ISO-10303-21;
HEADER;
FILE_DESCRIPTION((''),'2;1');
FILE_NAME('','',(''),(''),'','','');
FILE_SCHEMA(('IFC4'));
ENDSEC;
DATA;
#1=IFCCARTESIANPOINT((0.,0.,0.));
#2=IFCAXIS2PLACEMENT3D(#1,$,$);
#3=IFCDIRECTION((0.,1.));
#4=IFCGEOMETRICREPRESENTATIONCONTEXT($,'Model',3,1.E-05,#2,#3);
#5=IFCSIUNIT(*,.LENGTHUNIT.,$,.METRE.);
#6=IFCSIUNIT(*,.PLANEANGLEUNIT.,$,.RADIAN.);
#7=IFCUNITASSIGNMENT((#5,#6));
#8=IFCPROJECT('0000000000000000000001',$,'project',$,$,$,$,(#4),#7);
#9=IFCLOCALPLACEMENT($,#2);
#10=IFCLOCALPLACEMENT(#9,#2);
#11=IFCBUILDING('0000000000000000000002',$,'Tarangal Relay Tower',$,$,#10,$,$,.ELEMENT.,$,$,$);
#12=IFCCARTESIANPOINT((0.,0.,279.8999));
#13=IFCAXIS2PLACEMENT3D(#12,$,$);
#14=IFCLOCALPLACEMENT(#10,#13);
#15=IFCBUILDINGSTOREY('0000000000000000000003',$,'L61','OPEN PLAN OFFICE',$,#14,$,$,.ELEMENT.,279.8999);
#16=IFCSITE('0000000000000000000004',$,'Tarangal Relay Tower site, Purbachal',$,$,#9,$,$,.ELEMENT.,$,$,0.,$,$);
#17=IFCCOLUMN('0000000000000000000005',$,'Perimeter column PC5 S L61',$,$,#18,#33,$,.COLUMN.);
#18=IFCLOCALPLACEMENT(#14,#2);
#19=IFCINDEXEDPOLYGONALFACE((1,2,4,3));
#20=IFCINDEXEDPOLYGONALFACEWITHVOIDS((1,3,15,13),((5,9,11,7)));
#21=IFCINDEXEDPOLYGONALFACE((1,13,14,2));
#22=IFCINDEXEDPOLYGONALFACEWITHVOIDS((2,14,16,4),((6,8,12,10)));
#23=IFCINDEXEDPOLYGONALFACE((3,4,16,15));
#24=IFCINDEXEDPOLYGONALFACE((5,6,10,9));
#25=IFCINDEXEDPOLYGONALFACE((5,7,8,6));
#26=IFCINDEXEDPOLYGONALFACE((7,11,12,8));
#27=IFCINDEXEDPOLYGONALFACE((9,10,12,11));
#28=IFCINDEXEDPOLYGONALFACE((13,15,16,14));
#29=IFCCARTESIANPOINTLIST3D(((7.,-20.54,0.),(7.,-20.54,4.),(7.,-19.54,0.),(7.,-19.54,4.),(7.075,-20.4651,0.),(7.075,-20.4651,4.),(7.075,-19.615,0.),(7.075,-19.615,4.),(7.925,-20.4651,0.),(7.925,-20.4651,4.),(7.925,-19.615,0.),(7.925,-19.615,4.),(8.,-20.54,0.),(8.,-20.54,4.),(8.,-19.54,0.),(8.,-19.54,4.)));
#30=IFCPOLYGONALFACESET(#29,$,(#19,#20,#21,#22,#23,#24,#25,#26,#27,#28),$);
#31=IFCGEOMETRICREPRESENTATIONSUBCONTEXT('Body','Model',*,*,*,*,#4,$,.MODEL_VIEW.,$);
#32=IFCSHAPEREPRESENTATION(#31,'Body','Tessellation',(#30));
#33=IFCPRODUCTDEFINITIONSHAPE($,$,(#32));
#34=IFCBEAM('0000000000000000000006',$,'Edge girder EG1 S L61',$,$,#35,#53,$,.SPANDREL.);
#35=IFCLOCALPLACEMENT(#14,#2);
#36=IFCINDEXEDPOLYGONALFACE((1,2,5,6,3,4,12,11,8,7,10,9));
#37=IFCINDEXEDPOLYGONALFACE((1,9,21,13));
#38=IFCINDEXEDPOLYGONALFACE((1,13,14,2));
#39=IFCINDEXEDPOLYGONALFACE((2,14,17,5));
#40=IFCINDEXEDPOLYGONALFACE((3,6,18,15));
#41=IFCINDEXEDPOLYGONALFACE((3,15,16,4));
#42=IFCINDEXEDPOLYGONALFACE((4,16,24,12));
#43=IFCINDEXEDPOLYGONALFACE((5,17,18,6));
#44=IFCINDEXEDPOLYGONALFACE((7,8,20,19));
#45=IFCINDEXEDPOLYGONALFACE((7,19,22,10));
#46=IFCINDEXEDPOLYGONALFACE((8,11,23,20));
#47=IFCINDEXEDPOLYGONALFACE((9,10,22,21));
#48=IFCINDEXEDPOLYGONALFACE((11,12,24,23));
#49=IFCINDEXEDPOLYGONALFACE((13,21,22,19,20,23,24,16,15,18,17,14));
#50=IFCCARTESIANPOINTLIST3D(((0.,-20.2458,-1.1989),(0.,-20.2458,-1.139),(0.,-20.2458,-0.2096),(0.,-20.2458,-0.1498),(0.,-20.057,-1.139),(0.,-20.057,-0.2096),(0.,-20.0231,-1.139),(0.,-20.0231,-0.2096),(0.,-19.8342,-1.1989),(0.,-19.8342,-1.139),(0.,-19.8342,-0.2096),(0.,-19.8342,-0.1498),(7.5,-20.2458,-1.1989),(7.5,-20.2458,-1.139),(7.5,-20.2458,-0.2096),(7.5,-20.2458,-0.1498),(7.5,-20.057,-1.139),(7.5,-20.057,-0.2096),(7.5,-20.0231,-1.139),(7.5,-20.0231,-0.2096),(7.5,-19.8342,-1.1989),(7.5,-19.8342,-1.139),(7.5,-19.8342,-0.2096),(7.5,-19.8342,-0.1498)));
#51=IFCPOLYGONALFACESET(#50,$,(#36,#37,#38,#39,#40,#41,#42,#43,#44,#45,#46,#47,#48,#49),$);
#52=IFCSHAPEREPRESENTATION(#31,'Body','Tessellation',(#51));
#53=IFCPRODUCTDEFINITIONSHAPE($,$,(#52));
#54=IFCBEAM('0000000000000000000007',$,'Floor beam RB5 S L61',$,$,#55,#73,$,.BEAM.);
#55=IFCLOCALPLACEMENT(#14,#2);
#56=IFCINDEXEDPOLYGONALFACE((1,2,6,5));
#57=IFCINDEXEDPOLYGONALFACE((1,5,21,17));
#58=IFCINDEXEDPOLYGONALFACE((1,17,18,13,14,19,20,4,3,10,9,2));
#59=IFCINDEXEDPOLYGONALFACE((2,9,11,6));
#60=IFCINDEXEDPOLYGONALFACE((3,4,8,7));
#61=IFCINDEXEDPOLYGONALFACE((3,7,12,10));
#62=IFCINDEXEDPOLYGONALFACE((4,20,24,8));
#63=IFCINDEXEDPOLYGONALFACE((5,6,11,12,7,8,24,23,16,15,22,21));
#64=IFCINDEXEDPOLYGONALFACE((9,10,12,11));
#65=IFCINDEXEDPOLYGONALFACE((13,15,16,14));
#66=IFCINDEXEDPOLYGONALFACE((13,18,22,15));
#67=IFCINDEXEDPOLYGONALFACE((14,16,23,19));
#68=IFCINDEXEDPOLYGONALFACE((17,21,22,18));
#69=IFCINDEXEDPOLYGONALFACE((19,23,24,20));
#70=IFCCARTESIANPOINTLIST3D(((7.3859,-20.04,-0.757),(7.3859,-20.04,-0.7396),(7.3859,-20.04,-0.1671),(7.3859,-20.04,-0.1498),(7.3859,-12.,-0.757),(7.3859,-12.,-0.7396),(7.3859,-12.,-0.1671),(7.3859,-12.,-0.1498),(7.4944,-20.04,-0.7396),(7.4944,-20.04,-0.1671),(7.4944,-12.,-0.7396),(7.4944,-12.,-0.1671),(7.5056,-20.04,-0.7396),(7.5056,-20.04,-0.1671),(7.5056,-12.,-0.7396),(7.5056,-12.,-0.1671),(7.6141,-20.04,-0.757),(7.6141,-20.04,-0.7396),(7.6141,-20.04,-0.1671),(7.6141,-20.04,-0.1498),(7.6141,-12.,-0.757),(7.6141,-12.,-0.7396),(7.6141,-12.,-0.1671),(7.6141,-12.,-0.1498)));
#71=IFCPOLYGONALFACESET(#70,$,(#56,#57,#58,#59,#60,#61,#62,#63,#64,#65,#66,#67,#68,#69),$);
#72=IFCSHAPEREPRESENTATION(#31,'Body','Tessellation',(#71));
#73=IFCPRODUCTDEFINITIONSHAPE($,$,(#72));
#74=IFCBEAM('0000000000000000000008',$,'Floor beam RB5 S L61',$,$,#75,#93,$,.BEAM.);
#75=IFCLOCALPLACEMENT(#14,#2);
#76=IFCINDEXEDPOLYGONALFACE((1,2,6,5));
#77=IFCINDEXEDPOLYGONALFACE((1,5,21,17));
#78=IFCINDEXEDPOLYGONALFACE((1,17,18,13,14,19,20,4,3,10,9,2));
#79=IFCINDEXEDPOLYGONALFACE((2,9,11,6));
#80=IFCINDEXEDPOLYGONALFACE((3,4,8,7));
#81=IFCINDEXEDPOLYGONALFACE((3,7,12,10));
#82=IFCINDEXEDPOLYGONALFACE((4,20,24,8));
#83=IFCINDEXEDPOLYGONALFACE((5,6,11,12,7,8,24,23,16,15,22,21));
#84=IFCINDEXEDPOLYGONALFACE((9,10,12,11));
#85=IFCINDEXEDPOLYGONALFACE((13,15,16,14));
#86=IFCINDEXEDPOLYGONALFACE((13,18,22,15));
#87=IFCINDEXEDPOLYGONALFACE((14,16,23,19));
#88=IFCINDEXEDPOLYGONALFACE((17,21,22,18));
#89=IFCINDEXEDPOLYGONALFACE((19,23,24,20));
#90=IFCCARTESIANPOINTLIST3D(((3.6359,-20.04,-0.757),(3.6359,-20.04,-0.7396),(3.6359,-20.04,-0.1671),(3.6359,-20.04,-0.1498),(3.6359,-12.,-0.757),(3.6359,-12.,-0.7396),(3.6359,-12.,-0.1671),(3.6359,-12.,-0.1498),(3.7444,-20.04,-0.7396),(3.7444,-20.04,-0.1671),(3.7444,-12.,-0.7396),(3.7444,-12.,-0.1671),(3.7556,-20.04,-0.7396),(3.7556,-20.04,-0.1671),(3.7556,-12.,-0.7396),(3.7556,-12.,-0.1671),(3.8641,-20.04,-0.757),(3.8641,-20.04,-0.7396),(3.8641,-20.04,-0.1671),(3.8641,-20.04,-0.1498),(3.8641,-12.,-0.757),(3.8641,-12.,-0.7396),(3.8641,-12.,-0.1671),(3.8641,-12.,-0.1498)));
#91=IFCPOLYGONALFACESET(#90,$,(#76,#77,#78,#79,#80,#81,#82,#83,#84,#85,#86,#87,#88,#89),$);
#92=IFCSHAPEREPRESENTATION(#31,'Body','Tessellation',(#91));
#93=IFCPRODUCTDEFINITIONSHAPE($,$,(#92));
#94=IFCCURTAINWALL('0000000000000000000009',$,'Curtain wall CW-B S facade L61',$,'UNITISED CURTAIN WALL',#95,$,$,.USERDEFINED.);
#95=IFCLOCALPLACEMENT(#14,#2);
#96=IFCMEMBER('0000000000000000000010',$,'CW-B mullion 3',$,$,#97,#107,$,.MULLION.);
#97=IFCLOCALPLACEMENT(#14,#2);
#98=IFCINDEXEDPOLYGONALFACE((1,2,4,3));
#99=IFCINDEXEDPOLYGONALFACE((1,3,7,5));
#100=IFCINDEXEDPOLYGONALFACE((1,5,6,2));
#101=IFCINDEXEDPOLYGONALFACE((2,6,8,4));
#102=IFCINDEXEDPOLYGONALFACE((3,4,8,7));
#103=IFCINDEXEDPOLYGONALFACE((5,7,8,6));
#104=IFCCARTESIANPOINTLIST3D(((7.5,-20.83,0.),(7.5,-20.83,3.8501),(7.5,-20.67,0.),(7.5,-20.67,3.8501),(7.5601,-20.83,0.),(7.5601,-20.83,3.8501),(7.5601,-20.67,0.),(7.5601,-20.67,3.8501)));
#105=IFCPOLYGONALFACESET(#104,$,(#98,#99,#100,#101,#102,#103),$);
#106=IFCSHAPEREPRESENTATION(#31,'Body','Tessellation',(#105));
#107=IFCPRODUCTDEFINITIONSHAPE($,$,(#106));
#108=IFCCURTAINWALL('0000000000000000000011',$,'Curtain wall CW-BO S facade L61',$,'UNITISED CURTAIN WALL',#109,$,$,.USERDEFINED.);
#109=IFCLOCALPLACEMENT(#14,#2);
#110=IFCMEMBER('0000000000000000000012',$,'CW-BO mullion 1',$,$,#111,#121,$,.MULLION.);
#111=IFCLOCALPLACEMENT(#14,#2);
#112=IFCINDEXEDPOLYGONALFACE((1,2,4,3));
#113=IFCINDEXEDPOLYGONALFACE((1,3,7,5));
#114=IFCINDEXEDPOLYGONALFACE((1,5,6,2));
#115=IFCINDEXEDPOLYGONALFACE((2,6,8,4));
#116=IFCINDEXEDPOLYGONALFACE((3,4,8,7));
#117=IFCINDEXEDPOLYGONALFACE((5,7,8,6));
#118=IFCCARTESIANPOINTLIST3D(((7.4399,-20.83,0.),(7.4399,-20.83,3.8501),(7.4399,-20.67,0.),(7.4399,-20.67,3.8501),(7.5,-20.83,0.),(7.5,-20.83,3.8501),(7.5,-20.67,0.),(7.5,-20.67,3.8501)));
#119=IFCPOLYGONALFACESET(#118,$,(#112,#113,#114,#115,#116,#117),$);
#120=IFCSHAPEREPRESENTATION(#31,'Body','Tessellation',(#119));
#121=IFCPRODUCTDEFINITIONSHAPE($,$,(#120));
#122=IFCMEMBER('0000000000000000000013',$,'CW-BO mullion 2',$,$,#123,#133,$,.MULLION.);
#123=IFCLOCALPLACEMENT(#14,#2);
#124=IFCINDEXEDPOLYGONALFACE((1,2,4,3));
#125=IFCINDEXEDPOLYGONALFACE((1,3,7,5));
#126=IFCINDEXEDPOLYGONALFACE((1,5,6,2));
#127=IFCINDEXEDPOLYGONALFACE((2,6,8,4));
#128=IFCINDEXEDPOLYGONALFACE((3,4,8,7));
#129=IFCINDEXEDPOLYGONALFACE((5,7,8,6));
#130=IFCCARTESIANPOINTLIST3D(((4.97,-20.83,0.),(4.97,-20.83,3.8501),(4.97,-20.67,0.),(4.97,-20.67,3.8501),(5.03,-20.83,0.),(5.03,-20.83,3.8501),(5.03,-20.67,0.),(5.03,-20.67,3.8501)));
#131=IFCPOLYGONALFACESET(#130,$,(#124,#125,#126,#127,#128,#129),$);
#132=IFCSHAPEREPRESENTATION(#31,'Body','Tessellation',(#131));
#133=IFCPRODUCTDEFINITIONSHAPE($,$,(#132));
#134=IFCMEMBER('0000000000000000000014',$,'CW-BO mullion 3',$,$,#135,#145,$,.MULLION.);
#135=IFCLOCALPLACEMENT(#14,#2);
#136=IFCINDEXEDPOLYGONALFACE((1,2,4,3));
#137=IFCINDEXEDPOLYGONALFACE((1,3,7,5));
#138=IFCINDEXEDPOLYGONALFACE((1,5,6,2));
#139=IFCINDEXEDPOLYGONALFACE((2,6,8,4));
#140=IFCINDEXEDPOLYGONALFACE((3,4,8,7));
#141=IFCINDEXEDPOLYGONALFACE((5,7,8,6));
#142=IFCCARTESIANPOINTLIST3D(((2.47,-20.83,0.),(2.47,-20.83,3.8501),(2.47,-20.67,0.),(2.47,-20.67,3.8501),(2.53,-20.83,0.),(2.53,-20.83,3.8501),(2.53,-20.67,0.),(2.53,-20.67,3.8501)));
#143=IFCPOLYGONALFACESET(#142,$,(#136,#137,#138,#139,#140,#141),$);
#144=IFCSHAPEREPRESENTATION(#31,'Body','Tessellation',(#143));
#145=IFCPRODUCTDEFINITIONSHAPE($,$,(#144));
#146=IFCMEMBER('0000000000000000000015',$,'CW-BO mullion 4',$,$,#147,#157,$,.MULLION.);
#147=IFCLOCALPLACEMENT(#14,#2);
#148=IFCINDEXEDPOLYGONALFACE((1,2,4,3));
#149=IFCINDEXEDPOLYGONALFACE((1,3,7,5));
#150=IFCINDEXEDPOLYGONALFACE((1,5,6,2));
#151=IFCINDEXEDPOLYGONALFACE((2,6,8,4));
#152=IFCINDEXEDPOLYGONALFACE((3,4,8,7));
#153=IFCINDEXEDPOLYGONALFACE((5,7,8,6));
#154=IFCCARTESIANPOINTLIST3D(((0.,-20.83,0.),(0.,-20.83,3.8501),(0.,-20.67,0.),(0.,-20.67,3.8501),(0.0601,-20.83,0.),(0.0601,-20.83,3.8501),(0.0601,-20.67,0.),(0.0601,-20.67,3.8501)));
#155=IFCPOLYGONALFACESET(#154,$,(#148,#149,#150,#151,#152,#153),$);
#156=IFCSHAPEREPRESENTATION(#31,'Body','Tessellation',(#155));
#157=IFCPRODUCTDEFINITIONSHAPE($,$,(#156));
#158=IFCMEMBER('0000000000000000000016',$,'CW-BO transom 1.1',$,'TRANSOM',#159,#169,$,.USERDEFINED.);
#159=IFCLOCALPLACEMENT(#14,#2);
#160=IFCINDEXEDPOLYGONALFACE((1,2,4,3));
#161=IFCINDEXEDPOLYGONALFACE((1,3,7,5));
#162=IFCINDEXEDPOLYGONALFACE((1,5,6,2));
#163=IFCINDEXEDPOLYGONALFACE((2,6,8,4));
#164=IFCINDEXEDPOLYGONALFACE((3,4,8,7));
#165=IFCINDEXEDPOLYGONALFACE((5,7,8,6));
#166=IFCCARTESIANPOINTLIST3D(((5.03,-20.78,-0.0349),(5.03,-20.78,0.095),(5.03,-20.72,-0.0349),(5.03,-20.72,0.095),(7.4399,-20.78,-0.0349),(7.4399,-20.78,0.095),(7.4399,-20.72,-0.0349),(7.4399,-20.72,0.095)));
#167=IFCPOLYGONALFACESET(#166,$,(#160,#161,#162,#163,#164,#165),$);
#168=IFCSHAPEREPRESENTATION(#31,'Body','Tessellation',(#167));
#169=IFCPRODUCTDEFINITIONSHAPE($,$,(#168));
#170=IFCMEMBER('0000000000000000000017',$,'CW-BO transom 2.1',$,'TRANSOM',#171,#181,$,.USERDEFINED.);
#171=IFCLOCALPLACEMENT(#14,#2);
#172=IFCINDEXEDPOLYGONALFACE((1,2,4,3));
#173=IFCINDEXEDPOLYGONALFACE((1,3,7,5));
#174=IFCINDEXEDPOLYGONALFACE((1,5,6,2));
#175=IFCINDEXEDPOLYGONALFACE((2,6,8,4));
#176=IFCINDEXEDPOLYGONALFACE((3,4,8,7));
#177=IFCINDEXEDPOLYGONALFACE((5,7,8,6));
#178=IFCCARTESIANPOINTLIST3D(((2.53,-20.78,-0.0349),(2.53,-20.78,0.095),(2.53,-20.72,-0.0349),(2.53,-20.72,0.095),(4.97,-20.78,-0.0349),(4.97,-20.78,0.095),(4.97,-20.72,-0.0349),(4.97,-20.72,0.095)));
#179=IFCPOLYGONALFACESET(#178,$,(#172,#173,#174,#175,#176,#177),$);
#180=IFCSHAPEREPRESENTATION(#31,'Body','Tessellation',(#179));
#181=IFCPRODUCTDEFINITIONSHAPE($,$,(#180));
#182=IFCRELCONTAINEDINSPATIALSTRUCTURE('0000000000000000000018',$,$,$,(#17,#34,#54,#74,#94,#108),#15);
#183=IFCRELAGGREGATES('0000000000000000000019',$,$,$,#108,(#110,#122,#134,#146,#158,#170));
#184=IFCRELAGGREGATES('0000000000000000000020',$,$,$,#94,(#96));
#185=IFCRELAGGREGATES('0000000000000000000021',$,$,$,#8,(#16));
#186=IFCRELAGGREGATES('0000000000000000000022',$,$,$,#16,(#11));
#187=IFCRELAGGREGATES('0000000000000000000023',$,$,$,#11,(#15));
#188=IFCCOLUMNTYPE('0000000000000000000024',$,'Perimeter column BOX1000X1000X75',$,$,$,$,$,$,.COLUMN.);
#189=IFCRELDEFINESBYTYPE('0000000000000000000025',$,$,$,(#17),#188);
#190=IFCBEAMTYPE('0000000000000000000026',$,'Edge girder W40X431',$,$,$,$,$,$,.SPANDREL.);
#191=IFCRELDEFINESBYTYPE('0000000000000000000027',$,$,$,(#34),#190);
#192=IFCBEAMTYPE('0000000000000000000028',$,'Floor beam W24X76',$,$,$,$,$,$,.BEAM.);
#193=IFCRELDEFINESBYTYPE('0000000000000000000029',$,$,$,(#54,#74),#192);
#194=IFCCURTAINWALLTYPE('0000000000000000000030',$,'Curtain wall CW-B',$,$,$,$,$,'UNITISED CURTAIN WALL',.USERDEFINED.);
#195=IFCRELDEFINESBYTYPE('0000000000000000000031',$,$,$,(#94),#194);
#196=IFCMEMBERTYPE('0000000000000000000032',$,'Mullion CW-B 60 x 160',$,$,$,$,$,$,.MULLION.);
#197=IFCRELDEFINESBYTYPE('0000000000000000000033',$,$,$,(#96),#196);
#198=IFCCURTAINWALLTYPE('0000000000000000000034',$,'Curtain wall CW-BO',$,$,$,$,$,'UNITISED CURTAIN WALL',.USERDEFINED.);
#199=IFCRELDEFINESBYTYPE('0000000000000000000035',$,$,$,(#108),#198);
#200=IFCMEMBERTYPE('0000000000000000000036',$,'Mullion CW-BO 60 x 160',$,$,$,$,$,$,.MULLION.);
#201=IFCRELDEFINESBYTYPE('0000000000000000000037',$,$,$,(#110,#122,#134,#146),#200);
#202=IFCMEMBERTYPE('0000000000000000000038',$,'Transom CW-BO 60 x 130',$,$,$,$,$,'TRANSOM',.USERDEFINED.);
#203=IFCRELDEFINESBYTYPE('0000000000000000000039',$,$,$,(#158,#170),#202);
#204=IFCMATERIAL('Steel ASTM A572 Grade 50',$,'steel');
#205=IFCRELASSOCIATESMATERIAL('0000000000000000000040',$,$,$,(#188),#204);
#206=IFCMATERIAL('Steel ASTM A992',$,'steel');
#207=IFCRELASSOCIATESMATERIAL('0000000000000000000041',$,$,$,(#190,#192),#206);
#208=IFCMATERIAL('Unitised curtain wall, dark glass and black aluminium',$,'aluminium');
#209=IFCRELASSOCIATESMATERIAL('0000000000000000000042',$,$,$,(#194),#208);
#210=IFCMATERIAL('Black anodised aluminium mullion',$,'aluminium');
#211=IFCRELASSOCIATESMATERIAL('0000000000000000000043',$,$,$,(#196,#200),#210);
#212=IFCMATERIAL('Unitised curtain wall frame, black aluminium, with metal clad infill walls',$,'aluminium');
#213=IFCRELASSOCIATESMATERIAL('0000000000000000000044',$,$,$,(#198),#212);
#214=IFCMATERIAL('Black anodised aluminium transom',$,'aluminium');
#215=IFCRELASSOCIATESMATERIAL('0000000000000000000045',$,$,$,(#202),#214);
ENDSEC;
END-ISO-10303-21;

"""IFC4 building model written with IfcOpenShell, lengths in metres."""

from ifc_helpers import new_model, si_unit, direction, frame, origin, origin_2d, place, context, subcontext, project, spatial, rectangle, hollow_rectangle, i_section, extrude, material, material_profile, profile_set, type_object, element, aggregate, save


model = new_model("IFC4")

# Units and contexts
model_context = context("Model", 3, precision=1e-05, world=origin(), true_north=direction((0.0, 1.0)))
body_context = subcontext(model_context, "Body", "Model", "MODEL_VIEW")
ifc_project = project(units=[si_unit("LENGTHUNIT", "METRE"), si_unit("PLANEANGLEUNIT", "RADIAN")], contexts=[model_context])

# Site, building, storey
site_placement = place(None, origin())
site = spatial("IfcSite", under=ifc_project, at=site_placement, Name="Tarangal Relay Tower site, Purbachal", CompositionType="ELEMENT", RefElevation=0.0)
building_placement = place(site_placement, origin())
building = spatial("IfcBuilding", under=site, at=building_placement, Name="Tarangal Relay Tower", CompositionType="ELEMENT")
storey_placement = place(building_placement, frame((0.0, 0.0, 279.8999)))
storey = spatial("IfcBuildingStorey", under=building, at=storey_placement, Name="L61", Description="OPEN PLAN OFFICE", CompositionType="ELEMENT", Elevation=279.8999)

# Column
ifc_material_1 = material(Name="Steel ASTM A572 Grade 50", Category="steel")
ifc_material_profile_1 = material_profile(ifc_material_1, hollow_rectangle(XDim=1.0, YDim=1.0, WallThickness=0.075, at=origin_2d()), Name="BOX1000X1000X75")
ifc_profile_set_1 = profile_set([ifc_material_profile_1], Name="Steel ASTM A572 Grade 50")
column_type = type_object("IfcColumnType", Name="Perimeter column BOX1000X1000X75", PredefinedType="COLUMN", material=ifc_profile_set_1)
column_placement = place(storey_placement, frame((7.5, -20.04, 0.0), z_axis=(0.0, 0.0, 1.0), x_axis=(1.0, 0.0, 0.0)))
element("IfcColumn", 1, at=column_placement, inside=storey, type_object=column_type, Name="Perimeter column PC5 S L61", PredefinedType="COLUMN", context=body_context, shape_type="SweptSolid", body=[
    extrude(hollow_rectangle(XDim=1.0, YDim=1.0, WallThickness=0.075, at=origin_2d()), origin(), (0.0, 0.0, 1.0), 4.0),
])

# Beams
ifc_material_2 = material(Name="Steel ASTM A992", Category="steel")
ifc_material_profile_2 = material_profile(ifc_material_2, i_section(OverallWidth=0.4116, OverallDepth=1.0491, WebThickness=0.0339, FlangeThickness=0.0598, at=origin_2d()), Name="W40X431")
ifc_profile_set_2 = profile_set([ifc_material_profile_2], Name="Steel ASTM A992")
beam_type_1 = type_object("IfcBeamType", Name="Edge girder W40X431", PredefinedType="SPANDREL", material=ifc_profile_set_2)
beam_placement = place(storey_placement, frame((7.5, -20.04, -0.6743), z_axis=(-1.0, 0.0, 0.0), x_axis=(0.0, -1.0, 0.0)))
element("IfcBeam", 2, at=beam_placement, inside=storey, type_object=beam_type_1, Name="Edge girder EG1 S L61", PredefinedType="SPANDREL", context=body_context, shape_type="SweptSolid", body=[
    extrude(i_section(OverallWidth=0.4116, OverallDepth=1.0491, WebThickness=0.0339, FlangeThickness=0.0598, at=origin_2d()), origin(), (0.0, 0.0, 1.0), 7.5),
])
ifc_material_profile_3 = material_profile(ifc_material_2, i_section(OverallWidth=0.2283, OverallDepth=0.6072, WebThickness=0.0112, FlangeThickness=0.0173, at=origin_2d()), Name="W24X76")
ifc_profile_set_3 = profile_set([ifc_material_profile_3], Name="Steel ASTM A992")
beam_type_2 = type_object("IfcBeamType", Name="Floor beam W24X76", PredefinedType="BEAM", material=ifc_profile_set_3)
for number, where, z_axis, x_axis, name in (
    (3, (7.5, -12.0, -0.4534), (0.0, -1.0, 0.0), (1.0, 0.0, 0.0), "Floor beam RB5 S L61"),
    (4, (3.75, -12.0, -0.4534), (0.0, -1.0, 0.0), (1.0, 0.0, 0.0), "Floor beam RB5 S L61"),
):
    element("IfcBeam", number, at=place(storey_placement, frame(where, z_axis=z_axis, x_axis=x_axis)), inside=storey, type_object=beam_type_2, Name=name, PredefinedType="BEAM", context=body_context, shape_type="SweptSolid", body=[
        extrude(i_section(OverallWidth=0.2283, OverallDepth=0.6072, WebThickness=0.0112, FlangeThickness=0.0173, at=origin_2d()), origin(), (0.0, 0.0, 1.0), 8.04),
    ])

# Curtain wall, member
ifc_material_3 = material(Name="Unitised curtain wall, dark glass and black aluminium", Category="aluminium")
curtain_wall_type_1 = type_object("IfcCurtainWallType", Name="Curtain wall CW-B", ElementType="UNITISED CURTAIN WALL", PredefinedType="USERDEFINED", material=ifc_material_3)
curtain_wall_1_placement = place(storey_placement, origin())
curtain_wall_1 = element("IfcCurtainWall", 5, at=curtain_wall_1_placement, inside=storey, type_object=curtain_wall_type_1, Name="Curtain wall CW-B S facade L61", ObjectType="UNITISED CURTAIN WALL", PredefinedType="USERDEFINED")
ifc_material_4 = material(Name="Black anodised aluminium mullion", Category="aluminium")
ifc_material_profile_4 = material_profile(ifc_material_4, rectangle(XDim=0.1599, YDim=0.0601, at=origin_2d()), Name="CW-BM 60X160")
ifc_profile_set_4 = profile_set([ifc_material_profile_4], Name="Black anodised aluminium mullion")
member_type_1 = type_object("IfcMemberType", Name="Mullion CW-B 60 x 160", PredefinedType="MULLION", material=ifc_profile_set_4)
member_1_placement = place(storey_placement, frame((7.53, -20.75, 0.0), z_axis=(0.0, 0.0, 1.0), x_axis=(0.0, -1.0, 0.0)))
member_1 = element("IfcMember", 6, at=member_1_placement, type_object=member_type_1, Name="CW-B mullion 3", PredefinedType="MULLION", context=body_context, shape_type="SweptSolid", body=[
    extrude(rectangle(XDim=0.1599, YDim=0.0601, at=origin_2d()), origin(), (0.0, 0.0, 1.0), 3.8501),
])

# Curtain wall, members
ifc_material_5 = material(Name="Unitised curtain wall frame, black aluminium, with metal clad infill walls", Category="aluminium")
curtain_wall_type_2 = type_object("IfcCurtainWallType", Name="Curtain wall CW-BO", ElementType="UNITISED CURTAIN WALL", PredefinedType="USERDEFINED", material=ifc_material_5)
curtain_wall_2_placement = place(storey_placement, origin())
curtain_wall_2 = element("IfcCurtainWall", 7, at=curtain_wall_2_placement, inside=storey, type_object=curtain_wall_type_2, Name="Curtain wall CW-BO S facade L61", ObjectType="UNITISED CURTAIN WALL", PredefinedType="USERDEFINED")
ifc_material_profile_5 = material_profile(ifc_material_4, rectangle(XDim=0.1599, YDim=0.0601, at=origin_2d()), Name="CW-BOM 60X160")
ifc_profile_set_5 = profile_set([ifc_material_profile_5], Name="Black anodised aluminium mullion")
member_type_2 = type_object("IfcMemberType", Name="Mullion CW-BO 60 x 160", PredefinedType="MULLION", material=ifc_profile_set_5)
member_2_placement = place(storey_placement, frame((7.47, -20.75, 0.0), z_axis=(0.0, 0.0, 1.0), x_axis=(0.0, -1.0, 0.0)))
member_2 = element("IfcMember", 8, at=member_2_placement, type_object=member_type_2, Name="CW-BO mullion 1", PredefinedType="MULLION", context=body_context, shape_type="SweptSolid", body=[
    extrude(rectangle(XDim=0.1599, YDim=0.0601, at=origin_2d()), origin(), (0.0, 0.0, 1.0), 3.8501),
])
member_3_placement = place(storey_placement, frame((5.0, -20.75, 0.0), z_axis=(0.0, 0.0, 1.0), x_axis=(0.0, -1.0, 0.0)))
member_3 = element("IfcMember", 9, at=member_3_placement, type_object=member_type_2, Name="CW-BO mullion 2", PredefinedType="MULLION", context=body_context, shape_type="SweptSolid", body=[
    extrude(rectangle(XDim=0.1599, YDim=0.0601, at=origin_2d()), origin(), (0.0, 0.0, 1.0), 3.8501),
])
member_4_placement = place(storey_placement, frame((2.5, -20.75, 0.0), z_axis=(0.0, 0.0, 1.0), x_axis=(0.0, -1.0, 0.0)))
member_4 = element("IfcMember", 10, at=member_4_placement, type_object=member_type_2, Name="CW-BO mullion 3", PredefinedType="MULLION", context=body_context, shape_type="SweptSolid", body=[
    extrude(rectangle(XDim=0.1599, YDim=0.0601, at=origin_2d()), origin(), (0.0, 0.0, 1.0), 3.8501),
])
member_5_placement = place(storey_placement, frame((0.03, -20.75, 0.0), z_axis=(0.0, 0.0, 1.0), x_axis=(0.0, -1.0, 0.0)))
member_5 = element("IfcMember", 11, at=member_5_placement, type_object=member_type_2, Name="CW-BO mullion 4", PredefinedType="MULLION", context=body_context, shape_type="SweptSolid", body=[
    extrude(rectangle(XDim=0.1599, YDim=0.0601, at=origin_2d()), origin(), (0.0, 0.0, 1.0), 3.8501),
])
ifc_material_6 = material(Name="Black anodised aluminium transom", Category="aluminium")
ifc_material_profile_6 = material_profile(ifc_material_6, rectangle(XDim=0.0601, YDim=0.1299, at=origin_2d()), Name="CW-BOT 60X130")
ifc_profile_set_6 = profile_set([ifc_material_profile_6], Name="Black anodised aluminium transom")
member_type_3 = type_object("IfcMemberType", Name="Transom CW-BO 60 x 130", ElementType="TRANSOM", PredefinedType="USERDEFINED", material=ifc_profile_set_6)
member_6_placement = place(storey_placement, frame((7.4399, -20.75, 0.03), z_axis=(-1.0, 0.0, 0.0), x_axis=(0.0, -1.0, 0.0)))
member_6 = element("IfcMember", 12, at=member_6_placement, type_object=member_type_3, Name="CW-BO transom 1.1", ObjectType="TRANSOM", PredefinedType="USERDEFINED", context=body_context, shape_type="SweptSolid", body=[
    extrude(rectangle(XDim=0.0601, YDim=0.1299, at=origin_2d()), origin(), (0.0, 0.0, 1.0), 2.4099),
])
member_7_placement = place(storey_placement, frame((4.97, -20.75, 0.03), z_axis=(-1.0, 0.0, 0.0), x_axis=(0.0, -1.0, 0.0)))
member_7 = element("IfcMember", 13, at=member_7_placement, type_object=member_type_3, Name="CW-BO transom 2.1", ObjectType="TRANSOM", PredefinedType="USERDEFINED", context=body_context, shape_type="SweptSolid", body=[
    extrude(rectangle(XDim=0.0601, YDim=0.1299, at=origin_2d()), origin(), (0.0, 0.0, 1.0), 2.4399),
])
aggregate(curtain_wall_2, [member_2, member_3, member_4, member_5, member_6, member_7])

aggregate(curtain_wall_1, [member_1])

save(model, "model.ifc")
